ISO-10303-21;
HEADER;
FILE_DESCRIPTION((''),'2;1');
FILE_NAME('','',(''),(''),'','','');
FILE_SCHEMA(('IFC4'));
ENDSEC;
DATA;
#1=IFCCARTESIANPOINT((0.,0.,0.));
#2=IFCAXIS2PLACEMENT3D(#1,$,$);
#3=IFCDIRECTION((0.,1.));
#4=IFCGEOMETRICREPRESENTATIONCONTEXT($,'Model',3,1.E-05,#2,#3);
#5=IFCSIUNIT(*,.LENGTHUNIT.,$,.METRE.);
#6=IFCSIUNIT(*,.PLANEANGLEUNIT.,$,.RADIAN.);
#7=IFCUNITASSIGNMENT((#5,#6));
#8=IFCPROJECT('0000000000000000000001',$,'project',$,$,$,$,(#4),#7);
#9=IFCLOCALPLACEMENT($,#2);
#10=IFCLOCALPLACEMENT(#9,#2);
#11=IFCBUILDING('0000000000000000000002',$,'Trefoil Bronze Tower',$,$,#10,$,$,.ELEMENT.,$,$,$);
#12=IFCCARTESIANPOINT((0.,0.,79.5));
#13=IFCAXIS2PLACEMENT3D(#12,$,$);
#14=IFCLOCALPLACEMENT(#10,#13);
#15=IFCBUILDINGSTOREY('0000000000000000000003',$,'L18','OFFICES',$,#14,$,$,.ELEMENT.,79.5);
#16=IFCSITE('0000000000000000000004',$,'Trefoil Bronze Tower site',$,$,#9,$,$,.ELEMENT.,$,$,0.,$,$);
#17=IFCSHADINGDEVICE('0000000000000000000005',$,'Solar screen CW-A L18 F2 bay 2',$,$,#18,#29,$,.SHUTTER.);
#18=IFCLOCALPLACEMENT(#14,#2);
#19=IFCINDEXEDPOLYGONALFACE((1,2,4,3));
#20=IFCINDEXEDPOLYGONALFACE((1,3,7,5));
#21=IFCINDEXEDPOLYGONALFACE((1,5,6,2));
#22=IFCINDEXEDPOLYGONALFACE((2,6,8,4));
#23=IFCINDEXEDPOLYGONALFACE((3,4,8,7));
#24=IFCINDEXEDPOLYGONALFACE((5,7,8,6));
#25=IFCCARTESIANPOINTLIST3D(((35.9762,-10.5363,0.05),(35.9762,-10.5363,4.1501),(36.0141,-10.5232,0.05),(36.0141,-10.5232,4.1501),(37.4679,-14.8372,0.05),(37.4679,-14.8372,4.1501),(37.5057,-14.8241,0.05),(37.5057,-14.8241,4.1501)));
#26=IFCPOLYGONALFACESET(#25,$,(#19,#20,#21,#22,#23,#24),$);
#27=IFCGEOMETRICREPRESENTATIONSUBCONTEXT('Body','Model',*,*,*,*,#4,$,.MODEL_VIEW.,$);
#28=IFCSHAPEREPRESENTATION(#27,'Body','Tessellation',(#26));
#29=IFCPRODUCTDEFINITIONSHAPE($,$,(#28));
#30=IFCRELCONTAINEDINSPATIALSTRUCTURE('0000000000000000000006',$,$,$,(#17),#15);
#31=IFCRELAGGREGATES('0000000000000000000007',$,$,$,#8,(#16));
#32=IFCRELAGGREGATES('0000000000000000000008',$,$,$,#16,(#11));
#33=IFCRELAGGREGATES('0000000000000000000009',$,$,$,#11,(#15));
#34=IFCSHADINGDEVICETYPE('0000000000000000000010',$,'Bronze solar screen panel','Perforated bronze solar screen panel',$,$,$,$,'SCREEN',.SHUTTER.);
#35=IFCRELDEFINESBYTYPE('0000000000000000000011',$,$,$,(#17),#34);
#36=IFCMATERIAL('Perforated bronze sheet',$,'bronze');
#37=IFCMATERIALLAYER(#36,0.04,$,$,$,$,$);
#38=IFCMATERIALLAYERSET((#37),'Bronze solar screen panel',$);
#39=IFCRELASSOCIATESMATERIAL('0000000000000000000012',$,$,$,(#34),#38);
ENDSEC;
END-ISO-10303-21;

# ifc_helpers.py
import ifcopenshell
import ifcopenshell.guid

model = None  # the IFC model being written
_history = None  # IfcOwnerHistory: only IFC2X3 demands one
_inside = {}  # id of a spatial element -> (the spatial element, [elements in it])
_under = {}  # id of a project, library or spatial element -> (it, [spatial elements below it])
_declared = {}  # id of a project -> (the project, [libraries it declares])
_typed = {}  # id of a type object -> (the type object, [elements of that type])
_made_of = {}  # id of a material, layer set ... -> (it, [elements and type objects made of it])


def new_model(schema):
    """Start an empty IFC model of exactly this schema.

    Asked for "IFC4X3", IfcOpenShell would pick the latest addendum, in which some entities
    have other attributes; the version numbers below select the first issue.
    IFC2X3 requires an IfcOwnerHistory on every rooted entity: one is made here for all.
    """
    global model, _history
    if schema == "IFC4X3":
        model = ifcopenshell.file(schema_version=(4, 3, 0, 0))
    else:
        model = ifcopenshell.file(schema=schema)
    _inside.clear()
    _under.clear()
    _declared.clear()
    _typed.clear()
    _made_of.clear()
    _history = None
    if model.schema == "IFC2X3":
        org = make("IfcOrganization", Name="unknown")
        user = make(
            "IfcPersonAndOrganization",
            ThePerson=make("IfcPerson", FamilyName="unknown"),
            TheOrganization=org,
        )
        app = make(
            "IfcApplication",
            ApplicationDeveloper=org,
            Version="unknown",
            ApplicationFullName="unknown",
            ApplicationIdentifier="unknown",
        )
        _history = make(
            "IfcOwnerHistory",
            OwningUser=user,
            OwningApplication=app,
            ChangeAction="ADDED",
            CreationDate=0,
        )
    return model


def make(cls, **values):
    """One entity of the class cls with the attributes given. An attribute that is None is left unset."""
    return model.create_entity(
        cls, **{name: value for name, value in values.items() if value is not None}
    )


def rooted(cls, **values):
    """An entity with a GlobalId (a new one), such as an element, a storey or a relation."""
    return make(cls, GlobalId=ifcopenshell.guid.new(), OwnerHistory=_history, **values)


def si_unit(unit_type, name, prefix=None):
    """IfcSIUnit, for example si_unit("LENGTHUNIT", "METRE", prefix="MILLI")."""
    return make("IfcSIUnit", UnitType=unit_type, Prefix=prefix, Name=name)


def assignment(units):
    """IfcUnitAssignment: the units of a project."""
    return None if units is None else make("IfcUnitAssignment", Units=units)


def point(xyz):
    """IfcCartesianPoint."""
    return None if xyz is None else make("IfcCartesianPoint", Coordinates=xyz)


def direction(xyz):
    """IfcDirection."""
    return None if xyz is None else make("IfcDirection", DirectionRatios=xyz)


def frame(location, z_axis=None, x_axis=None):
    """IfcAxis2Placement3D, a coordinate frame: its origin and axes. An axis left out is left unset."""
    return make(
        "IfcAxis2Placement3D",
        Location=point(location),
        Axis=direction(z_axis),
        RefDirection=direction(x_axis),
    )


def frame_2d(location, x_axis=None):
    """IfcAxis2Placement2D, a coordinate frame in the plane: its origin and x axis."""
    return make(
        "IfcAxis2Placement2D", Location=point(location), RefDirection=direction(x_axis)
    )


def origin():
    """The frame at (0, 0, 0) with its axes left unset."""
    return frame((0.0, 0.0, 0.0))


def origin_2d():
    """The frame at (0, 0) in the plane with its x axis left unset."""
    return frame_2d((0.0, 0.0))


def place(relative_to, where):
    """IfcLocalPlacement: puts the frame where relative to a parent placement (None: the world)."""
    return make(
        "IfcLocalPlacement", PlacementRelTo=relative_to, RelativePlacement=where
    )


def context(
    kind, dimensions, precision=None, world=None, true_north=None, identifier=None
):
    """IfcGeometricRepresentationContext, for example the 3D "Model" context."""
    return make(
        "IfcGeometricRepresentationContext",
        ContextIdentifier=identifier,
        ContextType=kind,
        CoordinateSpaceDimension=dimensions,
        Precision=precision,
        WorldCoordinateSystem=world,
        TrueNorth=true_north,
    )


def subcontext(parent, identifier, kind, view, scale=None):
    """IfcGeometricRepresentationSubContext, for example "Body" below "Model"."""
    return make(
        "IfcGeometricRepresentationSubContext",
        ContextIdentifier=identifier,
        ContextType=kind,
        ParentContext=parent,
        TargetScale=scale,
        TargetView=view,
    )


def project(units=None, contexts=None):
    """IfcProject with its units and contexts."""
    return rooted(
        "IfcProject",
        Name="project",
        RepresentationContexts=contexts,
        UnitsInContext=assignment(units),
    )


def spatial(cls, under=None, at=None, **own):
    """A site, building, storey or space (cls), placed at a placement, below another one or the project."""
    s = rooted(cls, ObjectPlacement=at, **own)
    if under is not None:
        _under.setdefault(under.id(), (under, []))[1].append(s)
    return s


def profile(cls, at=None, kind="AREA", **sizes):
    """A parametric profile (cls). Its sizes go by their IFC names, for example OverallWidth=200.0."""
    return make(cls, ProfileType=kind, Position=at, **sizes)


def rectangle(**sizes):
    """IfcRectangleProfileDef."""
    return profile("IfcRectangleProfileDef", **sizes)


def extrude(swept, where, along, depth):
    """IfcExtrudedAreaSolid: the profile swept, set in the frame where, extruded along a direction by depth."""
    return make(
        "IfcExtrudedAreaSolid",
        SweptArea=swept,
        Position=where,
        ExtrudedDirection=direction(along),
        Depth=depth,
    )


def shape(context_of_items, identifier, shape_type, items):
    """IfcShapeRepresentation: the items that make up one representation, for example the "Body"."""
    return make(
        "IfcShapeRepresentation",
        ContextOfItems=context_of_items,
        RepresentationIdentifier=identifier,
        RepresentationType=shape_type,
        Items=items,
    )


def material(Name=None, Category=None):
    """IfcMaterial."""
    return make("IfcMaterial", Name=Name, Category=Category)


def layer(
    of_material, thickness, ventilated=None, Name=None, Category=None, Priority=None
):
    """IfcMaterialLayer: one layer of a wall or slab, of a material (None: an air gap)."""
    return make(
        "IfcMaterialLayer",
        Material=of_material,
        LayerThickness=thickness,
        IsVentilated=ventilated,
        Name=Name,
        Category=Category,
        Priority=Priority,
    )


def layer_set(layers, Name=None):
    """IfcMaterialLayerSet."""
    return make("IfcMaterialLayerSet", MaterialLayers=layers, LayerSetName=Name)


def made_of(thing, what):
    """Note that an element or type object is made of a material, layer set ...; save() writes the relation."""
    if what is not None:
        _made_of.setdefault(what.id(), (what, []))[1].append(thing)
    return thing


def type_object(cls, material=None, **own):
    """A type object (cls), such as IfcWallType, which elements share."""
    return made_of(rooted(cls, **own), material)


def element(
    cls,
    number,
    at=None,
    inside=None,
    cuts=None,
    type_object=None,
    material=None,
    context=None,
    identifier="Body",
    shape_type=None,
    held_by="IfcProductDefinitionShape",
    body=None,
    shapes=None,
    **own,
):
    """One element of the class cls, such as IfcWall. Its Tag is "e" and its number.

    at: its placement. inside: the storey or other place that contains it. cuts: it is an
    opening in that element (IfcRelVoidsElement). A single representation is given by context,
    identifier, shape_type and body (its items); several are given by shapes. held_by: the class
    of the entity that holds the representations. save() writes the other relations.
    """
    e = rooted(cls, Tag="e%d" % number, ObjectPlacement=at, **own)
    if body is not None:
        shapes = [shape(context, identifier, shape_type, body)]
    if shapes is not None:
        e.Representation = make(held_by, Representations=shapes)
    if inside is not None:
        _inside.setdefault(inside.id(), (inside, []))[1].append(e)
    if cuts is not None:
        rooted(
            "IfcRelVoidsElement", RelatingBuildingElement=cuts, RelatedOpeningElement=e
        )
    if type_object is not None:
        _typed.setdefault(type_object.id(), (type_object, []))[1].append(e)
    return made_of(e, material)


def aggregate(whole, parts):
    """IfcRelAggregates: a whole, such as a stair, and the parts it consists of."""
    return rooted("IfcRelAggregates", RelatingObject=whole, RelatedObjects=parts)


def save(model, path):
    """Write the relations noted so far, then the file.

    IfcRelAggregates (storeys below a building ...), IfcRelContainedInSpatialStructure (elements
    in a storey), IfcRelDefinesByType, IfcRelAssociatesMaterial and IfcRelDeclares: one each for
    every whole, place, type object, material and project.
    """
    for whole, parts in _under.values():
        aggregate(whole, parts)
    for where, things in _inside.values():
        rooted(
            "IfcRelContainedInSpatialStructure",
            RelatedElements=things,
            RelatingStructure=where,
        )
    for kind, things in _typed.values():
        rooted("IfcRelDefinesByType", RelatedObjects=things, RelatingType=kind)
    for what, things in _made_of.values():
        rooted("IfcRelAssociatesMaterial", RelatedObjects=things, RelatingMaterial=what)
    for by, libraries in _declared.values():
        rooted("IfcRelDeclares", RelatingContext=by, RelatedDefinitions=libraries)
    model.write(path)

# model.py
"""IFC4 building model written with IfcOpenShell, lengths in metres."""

from ifc_helpers import new_model, si_unit, direction, frame, origin, origin_2d, place, context, subcontext, project, spatial, rectangle, extrude, material, layer, layer_set, type_object, element, save


model = new_model("IFC4")

# Units and contexts
model_context = context("Model", 3, precision=1e-05, world=origin(), true_north=direction((0.0, 1.0)))
body_context = subcontext(model_context, "Body", "Model", "MODEL_VIEW")
ifc_project = project(units=[si_unit("LENGTHUNIT", "METRE"), si_unit("PLANEANGLEUNIT", "RADIAN")], contexts=[model_context])

# Site, building, storey
site_placement = place(None, origin())
site = spatial("IfcSite", under=ifc_project, at=site_placement, Name="Trefoil Bronze Tower site", CompositionType="ELEMENT", RefElevation=0.0)
building_placement = place(site_placement, origin())
building = spatial("IfcBuilding", under=site, at=building_placement, Name="Trefoil Bronze Tower", CompositionType="ELEMENT")
storey_placement = place(building_placement, frame((0.0, 0.0, 79.5)))
storey = spatial("IfcBuildingStorey", under=building, at=storey_placement, Name="L18", Description="OFFICES", CompositionType="ELEMENT", Elevation=79.5)

# Shading device
ifc_material_1 = material(Name="Perforated bronze sheet", Category="bronze")
ifc_layer_1 = layer(ifc_material_1, 0.04)
ifc_layer_set_1 = layer_set([ifc_layer_1], Name="Bronze solar screen panel")
shading_device_type = type_object("IfcShadingDeviceType", Name="Bronze solar screen panel", Description="Perforated bronze solar screen panel", ElementType="SCREEN", PredefinedType="SHUTTER", material=ifc_layer_set_1)
shading_device_1_placement = place(storey_placement, frame((36.741, -12.6802, 0.05), z_axis=(0.0, 0.0, 1.0), x_axis=(-0.327674, 0.944791, 0.0)))
element("IfcShadingDevice", 1, at=shading_device_1_placement, inside=storey, type_object=shading_device_type, Name="Solar screen CW-A L18 F2 bay 2", PredefinedType="SHUTTER", context=body_context, shape_type="SweptSolid", body=[
    extrude(rectangle(XDim=4.5522, YDim=0.04, at=origin_2d()), origin(), (0.0, 0.0, 1.0), 4.1001),
])

save(model, "model.ifc")
